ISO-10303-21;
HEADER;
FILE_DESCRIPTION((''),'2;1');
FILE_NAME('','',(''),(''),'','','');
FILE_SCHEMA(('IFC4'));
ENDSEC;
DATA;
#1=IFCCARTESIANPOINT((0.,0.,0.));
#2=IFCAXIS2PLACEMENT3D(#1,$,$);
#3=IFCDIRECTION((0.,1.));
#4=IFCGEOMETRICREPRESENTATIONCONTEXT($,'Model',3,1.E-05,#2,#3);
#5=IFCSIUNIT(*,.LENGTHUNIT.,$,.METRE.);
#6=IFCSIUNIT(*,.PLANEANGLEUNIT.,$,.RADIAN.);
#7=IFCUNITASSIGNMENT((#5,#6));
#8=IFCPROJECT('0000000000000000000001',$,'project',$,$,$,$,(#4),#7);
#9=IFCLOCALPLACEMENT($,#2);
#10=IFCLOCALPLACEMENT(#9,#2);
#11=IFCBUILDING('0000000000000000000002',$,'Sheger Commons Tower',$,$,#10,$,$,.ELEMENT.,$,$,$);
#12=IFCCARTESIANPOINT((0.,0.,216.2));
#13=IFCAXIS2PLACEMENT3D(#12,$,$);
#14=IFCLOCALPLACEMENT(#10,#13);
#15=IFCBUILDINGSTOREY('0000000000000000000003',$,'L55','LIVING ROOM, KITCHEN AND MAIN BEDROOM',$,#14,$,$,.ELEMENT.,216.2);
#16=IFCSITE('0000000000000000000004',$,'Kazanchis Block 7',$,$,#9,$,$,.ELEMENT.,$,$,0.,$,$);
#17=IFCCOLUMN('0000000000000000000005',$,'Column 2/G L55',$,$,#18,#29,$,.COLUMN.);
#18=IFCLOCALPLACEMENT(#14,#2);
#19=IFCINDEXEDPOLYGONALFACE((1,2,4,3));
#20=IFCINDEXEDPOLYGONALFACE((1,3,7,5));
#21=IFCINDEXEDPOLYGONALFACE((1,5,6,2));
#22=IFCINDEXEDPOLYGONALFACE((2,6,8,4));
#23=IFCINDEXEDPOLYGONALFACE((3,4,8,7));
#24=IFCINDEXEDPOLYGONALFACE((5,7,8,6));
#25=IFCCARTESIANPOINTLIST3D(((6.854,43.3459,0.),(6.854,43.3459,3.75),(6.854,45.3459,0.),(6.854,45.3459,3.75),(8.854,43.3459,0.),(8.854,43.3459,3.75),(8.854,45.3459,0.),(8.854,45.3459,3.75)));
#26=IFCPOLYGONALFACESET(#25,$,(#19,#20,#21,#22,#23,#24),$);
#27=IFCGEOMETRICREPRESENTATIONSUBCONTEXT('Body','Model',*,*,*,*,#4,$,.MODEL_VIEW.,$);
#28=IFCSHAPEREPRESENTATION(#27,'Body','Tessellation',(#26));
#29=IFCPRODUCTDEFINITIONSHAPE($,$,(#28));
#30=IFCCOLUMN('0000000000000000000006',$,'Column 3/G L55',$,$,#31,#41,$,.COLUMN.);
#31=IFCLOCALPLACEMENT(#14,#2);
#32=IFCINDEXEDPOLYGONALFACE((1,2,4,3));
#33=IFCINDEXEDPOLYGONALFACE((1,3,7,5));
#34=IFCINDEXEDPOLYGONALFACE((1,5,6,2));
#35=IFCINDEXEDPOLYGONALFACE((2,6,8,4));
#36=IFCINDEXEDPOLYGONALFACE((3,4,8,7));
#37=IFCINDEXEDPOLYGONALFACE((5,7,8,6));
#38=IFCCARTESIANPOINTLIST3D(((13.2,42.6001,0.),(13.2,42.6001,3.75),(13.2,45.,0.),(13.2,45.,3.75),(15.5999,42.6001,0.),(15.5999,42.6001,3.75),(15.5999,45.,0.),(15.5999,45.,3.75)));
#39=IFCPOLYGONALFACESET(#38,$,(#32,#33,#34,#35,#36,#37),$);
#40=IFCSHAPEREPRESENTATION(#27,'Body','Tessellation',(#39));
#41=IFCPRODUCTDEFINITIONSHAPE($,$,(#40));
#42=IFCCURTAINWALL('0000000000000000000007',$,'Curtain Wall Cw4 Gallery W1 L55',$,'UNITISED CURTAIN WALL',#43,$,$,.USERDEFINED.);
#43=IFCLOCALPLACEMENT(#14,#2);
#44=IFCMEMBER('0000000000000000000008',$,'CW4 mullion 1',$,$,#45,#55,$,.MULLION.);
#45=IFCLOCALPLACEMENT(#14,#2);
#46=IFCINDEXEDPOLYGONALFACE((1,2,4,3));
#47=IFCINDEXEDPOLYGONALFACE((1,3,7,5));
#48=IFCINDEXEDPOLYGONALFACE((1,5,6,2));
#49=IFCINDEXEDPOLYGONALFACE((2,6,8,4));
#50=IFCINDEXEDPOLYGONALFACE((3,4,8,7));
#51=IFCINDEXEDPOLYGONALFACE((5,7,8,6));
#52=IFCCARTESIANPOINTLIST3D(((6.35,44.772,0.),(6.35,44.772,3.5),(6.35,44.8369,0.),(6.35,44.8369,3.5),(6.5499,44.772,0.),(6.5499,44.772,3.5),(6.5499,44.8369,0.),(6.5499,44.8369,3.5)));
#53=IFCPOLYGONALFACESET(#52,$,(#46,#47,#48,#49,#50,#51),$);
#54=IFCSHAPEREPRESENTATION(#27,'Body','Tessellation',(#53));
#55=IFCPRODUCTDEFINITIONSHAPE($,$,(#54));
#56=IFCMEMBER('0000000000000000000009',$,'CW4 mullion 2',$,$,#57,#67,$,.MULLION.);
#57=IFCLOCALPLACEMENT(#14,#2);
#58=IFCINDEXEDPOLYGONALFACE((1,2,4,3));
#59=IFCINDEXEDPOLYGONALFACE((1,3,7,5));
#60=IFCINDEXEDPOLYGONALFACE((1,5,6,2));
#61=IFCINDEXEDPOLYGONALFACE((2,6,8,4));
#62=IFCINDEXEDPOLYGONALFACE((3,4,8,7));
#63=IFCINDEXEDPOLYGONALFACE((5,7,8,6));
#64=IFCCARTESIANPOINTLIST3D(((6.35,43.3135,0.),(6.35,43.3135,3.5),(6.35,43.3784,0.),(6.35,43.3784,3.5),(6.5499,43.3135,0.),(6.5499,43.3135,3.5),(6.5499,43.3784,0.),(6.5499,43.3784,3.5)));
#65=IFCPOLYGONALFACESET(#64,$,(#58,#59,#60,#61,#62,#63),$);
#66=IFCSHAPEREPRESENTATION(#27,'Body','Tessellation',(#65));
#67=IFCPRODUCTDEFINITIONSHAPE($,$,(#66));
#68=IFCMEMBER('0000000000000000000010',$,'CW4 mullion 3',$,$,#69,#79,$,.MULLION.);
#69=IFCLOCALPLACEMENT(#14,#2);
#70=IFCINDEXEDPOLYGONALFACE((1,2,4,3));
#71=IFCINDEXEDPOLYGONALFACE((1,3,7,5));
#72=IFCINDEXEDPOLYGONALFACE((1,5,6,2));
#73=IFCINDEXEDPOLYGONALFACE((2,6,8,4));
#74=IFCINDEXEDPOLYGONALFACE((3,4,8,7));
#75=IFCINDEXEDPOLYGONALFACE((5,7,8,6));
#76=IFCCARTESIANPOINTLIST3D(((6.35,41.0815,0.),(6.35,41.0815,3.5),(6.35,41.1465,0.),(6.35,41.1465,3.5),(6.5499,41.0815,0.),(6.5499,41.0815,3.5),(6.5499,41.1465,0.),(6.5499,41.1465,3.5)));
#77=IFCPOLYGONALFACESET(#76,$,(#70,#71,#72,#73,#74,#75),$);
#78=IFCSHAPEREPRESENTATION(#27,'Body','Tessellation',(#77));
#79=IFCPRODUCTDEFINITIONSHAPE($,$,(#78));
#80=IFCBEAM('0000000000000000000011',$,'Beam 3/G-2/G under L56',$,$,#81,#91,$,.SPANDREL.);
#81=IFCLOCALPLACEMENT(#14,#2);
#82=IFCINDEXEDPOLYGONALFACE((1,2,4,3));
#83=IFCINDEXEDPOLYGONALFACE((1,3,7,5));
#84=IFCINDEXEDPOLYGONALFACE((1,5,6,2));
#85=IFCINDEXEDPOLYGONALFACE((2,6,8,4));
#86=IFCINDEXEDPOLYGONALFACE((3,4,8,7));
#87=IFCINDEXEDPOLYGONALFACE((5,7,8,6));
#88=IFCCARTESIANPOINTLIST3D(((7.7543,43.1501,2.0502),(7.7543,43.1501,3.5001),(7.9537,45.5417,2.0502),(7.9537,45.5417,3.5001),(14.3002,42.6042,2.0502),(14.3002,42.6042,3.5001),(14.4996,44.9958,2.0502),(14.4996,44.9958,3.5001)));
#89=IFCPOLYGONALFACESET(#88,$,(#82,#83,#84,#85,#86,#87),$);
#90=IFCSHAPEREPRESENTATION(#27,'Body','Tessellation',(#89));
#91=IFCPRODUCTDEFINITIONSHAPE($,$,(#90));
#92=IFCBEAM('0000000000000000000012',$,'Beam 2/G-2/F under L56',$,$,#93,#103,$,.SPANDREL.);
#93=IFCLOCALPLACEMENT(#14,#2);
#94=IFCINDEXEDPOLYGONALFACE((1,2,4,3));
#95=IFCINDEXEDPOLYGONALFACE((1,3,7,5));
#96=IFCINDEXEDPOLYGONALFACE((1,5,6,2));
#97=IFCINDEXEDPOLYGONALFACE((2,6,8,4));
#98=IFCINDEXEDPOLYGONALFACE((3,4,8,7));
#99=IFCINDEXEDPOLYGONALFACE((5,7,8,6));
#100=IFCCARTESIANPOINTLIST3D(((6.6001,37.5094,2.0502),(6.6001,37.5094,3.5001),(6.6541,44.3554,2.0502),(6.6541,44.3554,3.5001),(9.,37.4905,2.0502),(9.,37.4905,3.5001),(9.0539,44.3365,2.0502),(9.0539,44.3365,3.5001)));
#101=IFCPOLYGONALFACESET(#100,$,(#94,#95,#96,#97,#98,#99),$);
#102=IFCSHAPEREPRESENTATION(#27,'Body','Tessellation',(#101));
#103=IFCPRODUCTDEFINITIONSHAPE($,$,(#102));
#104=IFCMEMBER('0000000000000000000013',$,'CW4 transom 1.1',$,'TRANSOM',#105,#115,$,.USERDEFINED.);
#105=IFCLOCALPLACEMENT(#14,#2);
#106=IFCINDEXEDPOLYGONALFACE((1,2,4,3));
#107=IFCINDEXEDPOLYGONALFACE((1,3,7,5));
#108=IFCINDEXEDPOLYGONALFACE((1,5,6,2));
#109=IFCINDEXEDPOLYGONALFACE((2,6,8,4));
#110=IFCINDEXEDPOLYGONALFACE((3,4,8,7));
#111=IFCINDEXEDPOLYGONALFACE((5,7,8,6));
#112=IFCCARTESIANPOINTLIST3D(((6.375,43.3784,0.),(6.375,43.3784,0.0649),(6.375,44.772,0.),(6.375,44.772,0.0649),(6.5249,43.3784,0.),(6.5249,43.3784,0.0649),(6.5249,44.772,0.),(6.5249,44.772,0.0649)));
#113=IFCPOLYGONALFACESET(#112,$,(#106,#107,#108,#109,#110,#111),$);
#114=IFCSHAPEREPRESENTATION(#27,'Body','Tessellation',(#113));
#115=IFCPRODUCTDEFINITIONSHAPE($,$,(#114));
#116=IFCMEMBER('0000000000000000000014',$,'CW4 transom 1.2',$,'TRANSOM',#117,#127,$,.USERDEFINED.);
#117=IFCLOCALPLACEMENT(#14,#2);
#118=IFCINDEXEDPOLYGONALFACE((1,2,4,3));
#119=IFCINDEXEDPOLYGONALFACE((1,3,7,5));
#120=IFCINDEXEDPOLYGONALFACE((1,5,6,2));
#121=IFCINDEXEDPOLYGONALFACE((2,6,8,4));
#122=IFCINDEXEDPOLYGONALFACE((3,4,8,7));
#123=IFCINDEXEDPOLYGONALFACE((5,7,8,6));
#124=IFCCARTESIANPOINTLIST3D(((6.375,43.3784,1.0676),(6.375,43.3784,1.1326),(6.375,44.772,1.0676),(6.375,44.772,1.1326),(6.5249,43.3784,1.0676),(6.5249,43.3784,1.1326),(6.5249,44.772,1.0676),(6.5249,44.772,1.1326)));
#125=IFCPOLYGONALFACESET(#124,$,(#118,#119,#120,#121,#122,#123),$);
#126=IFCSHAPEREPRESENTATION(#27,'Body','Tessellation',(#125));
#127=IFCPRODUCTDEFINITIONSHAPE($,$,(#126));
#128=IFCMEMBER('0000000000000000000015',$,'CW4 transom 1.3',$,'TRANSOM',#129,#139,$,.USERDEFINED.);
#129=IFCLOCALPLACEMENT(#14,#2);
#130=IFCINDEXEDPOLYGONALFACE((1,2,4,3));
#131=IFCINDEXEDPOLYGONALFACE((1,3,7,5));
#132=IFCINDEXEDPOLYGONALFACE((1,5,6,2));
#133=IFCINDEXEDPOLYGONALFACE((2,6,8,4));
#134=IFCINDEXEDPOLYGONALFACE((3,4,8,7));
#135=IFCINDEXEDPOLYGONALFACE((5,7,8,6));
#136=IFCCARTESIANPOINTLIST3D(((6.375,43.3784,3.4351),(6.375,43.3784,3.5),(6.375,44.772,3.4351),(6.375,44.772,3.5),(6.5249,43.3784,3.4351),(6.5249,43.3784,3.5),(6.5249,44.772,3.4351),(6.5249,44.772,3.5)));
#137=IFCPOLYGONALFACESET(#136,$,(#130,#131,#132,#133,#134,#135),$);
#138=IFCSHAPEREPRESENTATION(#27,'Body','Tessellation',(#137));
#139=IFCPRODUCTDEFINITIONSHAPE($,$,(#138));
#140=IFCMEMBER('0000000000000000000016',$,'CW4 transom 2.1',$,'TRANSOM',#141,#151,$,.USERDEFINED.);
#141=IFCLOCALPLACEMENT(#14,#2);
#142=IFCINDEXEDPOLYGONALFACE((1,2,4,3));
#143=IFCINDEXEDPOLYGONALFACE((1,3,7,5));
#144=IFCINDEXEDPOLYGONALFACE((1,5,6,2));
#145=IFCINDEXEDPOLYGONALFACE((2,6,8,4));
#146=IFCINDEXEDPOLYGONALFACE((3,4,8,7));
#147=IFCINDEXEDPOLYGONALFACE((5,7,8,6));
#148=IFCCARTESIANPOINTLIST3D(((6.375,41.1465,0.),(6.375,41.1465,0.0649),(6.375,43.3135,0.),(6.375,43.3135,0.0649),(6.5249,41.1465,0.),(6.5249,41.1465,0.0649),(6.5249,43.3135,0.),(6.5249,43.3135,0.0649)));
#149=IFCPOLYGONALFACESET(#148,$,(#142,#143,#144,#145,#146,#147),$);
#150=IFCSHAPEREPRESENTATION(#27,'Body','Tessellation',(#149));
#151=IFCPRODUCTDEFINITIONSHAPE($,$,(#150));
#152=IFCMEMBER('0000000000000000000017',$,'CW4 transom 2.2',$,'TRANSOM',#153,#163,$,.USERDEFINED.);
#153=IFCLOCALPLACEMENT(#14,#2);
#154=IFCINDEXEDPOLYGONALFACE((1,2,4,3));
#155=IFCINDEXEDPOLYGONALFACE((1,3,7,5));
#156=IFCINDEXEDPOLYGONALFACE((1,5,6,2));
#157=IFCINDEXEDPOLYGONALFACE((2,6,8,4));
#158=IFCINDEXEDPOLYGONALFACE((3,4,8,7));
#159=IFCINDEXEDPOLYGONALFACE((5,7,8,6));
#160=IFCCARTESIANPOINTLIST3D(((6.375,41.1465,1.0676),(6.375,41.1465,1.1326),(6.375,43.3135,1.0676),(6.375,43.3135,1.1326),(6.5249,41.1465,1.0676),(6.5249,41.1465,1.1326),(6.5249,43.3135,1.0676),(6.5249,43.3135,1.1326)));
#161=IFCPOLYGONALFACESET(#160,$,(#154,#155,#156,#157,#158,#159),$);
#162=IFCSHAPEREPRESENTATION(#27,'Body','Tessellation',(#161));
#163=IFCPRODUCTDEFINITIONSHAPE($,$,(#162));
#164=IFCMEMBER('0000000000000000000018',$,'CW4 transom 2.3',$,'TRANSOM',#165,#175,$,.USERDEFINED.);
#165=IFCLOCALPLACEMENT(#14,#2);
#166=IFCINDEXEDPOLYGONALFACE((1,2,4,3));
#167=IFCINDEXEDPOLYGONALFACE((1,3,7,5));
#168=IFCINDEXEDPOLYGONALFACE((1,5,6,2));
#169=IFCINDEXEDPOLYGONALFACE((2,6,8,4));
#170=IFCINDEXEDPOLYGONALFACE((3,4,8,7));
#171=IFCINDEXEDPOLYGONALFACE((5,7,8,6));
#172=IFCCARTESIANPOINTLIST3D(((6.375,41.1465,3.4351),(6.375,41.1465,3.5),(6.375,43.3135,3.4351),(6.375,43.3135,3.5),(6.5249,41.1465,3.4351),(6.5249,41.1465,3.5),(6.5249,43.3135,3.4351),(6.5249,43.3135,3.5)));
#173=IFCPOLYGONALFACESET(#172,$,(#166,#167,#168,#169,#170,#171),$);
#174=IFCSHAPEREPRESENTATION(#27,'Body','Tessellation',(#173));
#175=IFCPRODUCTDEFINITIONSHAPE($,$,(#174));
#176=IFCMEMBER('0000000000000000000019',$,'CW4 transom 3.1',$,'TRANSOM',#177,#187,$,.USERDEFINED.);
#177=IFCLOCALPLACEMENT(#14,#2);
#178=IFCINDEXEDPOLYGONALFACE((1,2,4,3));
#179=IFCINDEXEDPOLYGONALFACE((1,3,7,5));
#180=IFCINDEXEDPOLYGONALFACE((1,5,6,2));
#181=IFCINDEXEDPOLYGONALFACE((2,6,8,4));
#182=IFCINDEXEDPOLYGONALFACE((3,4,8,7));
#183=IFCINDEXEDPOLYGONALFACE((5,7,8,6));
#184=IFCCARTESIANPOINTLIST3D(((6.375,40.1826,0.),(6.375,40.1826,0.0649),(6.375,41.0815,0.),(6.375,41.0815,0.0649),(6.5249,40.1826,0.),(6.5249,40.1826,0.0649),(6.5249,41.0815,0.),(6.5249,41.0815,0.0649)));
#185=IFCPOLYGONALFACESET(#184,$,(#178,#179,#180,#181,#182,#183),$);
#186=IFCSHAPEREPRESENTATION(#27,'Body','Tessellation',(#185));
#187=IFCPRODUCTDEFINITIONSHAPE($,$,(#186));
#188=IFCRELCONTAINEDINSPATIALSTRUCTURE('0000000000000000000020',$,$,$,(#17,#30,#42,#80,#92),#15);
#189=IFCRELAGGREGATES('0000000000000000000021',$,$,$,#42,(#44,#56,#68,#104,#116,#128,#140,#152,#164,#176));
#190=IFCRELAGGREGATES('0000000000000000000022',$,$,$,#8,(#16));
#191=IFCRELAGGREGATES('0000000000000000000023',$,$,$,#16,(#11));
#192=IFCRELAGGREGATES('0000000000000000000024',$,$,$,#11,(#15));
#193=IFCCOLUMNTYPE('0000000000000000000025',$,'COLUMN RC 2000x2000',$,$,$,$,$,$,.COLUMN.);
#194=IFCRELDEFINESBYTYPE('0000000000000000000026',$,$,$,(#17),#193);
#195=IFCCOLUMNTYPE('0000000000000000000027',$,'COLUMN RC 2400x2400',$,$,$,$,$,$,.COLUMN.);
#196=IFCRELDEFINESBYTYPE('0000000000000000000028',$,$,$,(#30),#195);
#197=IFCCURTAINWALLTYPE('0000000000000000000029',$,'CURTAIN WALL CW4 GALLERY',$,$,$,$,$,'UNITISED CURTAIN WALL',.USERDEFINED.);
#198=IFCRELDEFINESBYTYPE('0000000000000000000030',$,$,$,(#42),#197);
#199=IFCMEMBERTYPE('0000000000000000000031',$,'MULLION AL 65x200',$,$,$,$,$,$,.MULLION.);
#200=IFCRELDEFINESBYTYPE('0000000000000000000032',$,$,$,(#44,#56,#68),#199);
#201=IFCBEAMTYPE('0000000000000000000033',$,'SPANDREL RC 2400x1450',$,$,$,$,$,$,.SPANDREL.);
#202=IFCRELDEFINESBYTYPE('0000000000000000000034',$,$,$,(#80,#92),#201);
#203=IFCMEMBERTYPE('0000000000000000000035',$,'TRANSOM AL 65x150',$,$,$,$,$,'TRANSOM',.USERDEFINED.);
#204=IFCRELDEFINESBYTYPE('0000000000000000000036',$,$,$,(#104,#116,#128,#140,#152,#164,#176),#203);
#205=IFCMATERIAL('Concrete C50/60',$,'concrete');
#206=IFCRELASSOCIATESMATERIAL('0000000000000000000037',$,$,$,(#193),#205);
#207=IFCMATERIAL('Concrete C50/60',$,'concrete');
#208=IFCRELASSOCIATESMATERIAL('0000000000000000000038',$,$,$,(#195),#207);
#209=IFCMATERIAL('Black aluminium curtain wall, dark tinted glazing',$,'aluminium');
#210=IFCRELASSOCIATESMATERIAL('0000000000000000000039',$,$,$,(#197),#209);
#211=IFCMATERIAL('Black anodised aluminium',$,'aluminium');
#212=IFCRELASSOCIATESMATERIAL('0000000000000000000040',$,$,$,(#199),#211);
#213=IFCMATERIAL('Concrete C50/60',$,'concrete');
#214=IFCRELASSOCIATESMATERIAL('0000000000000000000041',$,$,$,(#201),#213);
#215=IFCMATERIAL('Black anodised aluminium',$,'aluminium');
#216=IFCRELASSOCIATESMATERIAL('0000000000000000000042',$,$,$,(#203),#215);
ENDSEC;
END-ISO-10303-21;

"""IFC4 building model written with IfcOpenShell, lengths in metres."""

from ifc_helpers import new_model, si_unit, direction, frame, origin, origin_2d, place, context, subcontext, project, spatial, rectangle, extrude, material, material_profile, profile_set, type_object, element, aggregate, save


model = new_model("IFC4")

# Units and contexts
model_context = context("Model", 3, precision=1e-05, world=origin(), true_north=direction((0.0, 1.0)))
body_context = subcontext(model_context, "Body", "Model", "MODEL_VIEW")
ifc_project = project(units=[si_unit("LENGTHUNIT", "METRE"), si_unit("PLANEANGLEUNIT", "RADIAN")], contexts=[model_context])

# Site, building, storey
site_placement = place(None, origin())
site = spatial("IfcSite", under=ifc_project, at=site_placement, Name="Kazanchis Block 7", CompositionType="ELEMENT", RefElevation=0.0)
building_placement = place(site_placement, origin())
building = spatial("IfcBuilding", under=site, at=building_placement, Name="Sheger Commons Tower", CompositionType="ELEMENT")
storey_placement = place(building_placement, frame((0.0, 0.0, 216.2)))
storey = spatial("IfcBuildingStorey", under=building, at=storey_placement, Name="L55", Description="LIVING ROOM, KITCHEN AND MAIN BEDROOM", CompositionType="ELEMENT", Elevation=216.2)

# Columns
ifc_material_1 = material(Name="Concrete C50/60", Category="concrete")
ifc_material_profile_1 = material_profile(ifc_material_1, rectangle(XDim=2.0, YDim=2.0, at=origin_2d()), Name="RC 2000x2000")
ifc_profile_set_1 = profile_set([ifc_material_profile_1], Name="Concrete C50/60")
column_type_1 = type_object("IfcColumnType", Name="COLUMN RC 2000x2000", PredefinedType="COLUMN", material=ifc_profile_set_1)
column_1_placement = place(storey_placement, frame((7.854, 44.3459, 0.0), z_axis=(0.0, 0.0, 1.0), x_axis=(1.0, 0.0, 0.0)))
element("IfcColumn", 1, at=column_1_placement, inside=storey, type_object=column_type_1, Name="Column 2/G L55", PredefinedType="COLUMN", context=body_context, shape_type="SweptSolid", body=[
    extrude(rectangle(XDim=2.0, YDim=2.0, at=origin_2d()), origin(), (0.0, 0.0, 1.0), 3.75),
])
ifc_material_2 = material(Name="Concrete C50/60", Category="concrete")
ifc_material_profile_2 = material_profile(ifc_material_2, rectangle(XDim=2.3999, YDim=2.3999, at=origin_2d()), Name="RC 2400x2400")
ifc_profile_set_2 = profile_set([ifc_material_profile_2], Name="Concrete C50/60")
column_type_2 = type_object("IfcColumnType", Name="COLUMN RC 2400x2400", PredefinedType="COLUMN", material=ifc_profile_set_2)
column_2_placement = place(storey_placement, frame((14.3999, 43.8, 0.0), z_axis=(0.0, 0.0, 1.0), x_axis=(1.0, 0.0, 0.0)))
element("IfcColumn", 2, at=column_2_placement, inside=storey, type_object=column_type_2, Name="Column 3/G L55", PredefinedType="COLUMN", context=body_context, shape_type="SweptSolid", body=[
    extrude(rectangle(XDim=2.3999, YDim=2.3999, at=origin_2d()), origin(), (0.0, 0.0, 1.0), 3.75),
])

# Curtain wall, members
ifc_material_3 = material(Name="Black aluminium curtain wall, dark tinted glazing", Category="aluminium")
curtain_wall_type = type_object("IfcCurtainWallType", Name="CURTAIN WALL CW4 GALLERY", ElementType="UNITISED CURTAIN WALL", PredefinedType="USERDEFINED", material=ifc_material_3)
curtain_wall_placement = place(storey_placement, origin())
curtain_wall = element("IfcCurtainWall", 3, at=curtain_wall_placement, inside=storey, type_object=curtain_wall_type, Name="Curtain Wall Cw4 Gallery W1 L55", ObjectType="UNITISED CURTAIN WALL", PredefinedType="USERDEFINED")
ifc_material_4 = material(Name="Black anodised aluminium", Category="aluminium")
ifc_material_profile_3 = material_profile(ifc_material_4, rectangle(XDim=0.2, YDim=0.0649, at=origin_2d()), Name="AL 65x200")
ifc_profile_set_3 = profile_set([ifc_material_profile_3], Name="Black anodised aluminium")
member_type_1 = type_object("IfcMemberType", Name="MULLION AL 65x200", PredefinedType="MULLION", material=ifc_profile_set_3)
member_1_placement = place(storey_placement, frame((6.45, 44.8044, 0.0), z_axis=(0.0, 0.0, 1.0), x_axis=(1.0, 0.0, 0.0)))
member_1 = element("IfcMember", 4, at=member_1_placement, type_object=member_type_1, Name="CW4 mullion 1", PredefinedType="MULLION", context=body_context, shape_type="SweptSolid", body=[
    extrude(rectangle(XDim=0.2, YDim=0.0649, at=origin_2d()), origin(), (0.0, 0.0, 1.0), 3.5),
])
member_2_placement = place(storey_placement, frame((6.45, 43.3459, 0.0), z_axis=(0.0, 0.0, 1.0), x_axis=(1.0, 0.0, 0.0)))
member_2 = element("IfcMember", 5, at=member_2_placement, type_object=member_type_1, Name="CW4 mullion 2", PredefinedType="MULLION", context=body_context, shape_type="SweptSolid", body=[
    extrude(rectangle(XDim=0.2, YDim=0.0649, at=origin_2d()), origin(), (0.0, 0.0, 1.0), 3.5),
])
member_3_placement = place(storey_placement, frame((6.45, 41.114, 0.0), z_axis=(0.0, 0.0, 1.0), x_axis=(1.0, 0.0, 0.0)))
member_3 = element("IfcMember", 6, at=member_3_placement, type_object=member_type_1, Name="CW4 mullion 3", PredefinedType="MULLION", context=body_context, shape_type="SweptSolid", body=[
    extrude(rectangle(XDim=0.2, YDim=0.0649, at=origin_2d()), origin(), (0.0, 0.0, 1.0), 3.5),
])

# Beams
ifc_material_5 = material(Name="Concrete C50/60", Category="concrete")
ifc_material_profile_4 = material_profile(ifc_material_5, rectangle(XDim=2.3999, YDim=1.45, at=origin_2d()), Name="RC 2400x1450")
ifc_profile_set_4 = profile_set([ifc_material_profile_4], Name="Concrete C50/60")
beam_type = type_object("IfcBeamType", Name="SPANDREL RC 2400x1450", PredefinedType="SPANDREL", material=ifc_profile_set_4)
beam_1_placement = place(storey_placement, frame((14.3999, 43.8, 2.7751), z_axis=(-0.996541, 0.083107, 0.0), x_axis=(-0.083107, -0.996541, 0.0)))
element("IfcBeam", 7, at=beam_1_placement, inside=storey, type_object=beam_type, Name="Beam 3/G-2/G under L56", PredefinedType="SPANDREL", context=body_context, shape_type="SweptSolid", body=[
    extrude(rectangle(XDim=2.3999, YDim=1.45, at=origin_2d()), origin(), (0.0, 0.0, 1.0), 6.5686),
])
beam_2_placement = place(storey_placement, frame((7.854, 44.3459, 2.7751), z_axis=(-0.007881, -0.999969, 0.0), x_axis=(0.999969, -0.007881, 0.0)))
element("IfcBeam", 8, at=beam_2_placement, inside=storey, type_object=beam_type, Name="Beam 2/G-2/F under L56", PredefinedType="SPANDREL", context=body_context, shape_type="SweptSolid", body=[
    extrude(rectangle(XDim=2.3999, YDim=1.45, at=origin_2d()), origin(), (0.0, 0.0, 1.0), 6.8462),
])

# Members
ifc_material_6 = material(Name="Black anodised aluminium", Category="aluminium")
ifc_material_profile_5 = material_profile(ifc_material_6, rectangle(XDim=0.1499, YDim=0.0649, at=origin_2d()), Name="AL 65x150")
ifc_profile_set_5 = profile_set([ifc_material_profile_5], Name="Black anodised aluminium")
member_type_2 = type_object("IfcMemberType", Name="TRANSOM AL 65x150", ElementType="TRANSOM", PredefinedType="USERDEFINED", material=ifc_profile_set_5)
member_4_placement = place(storey_placement, frame((6.45, 44.772, 0.0325), z_axis=(0.0, -1.0, 0.0), x_axis=(1.0, 0.0, 0.0)))
member_4 = element("IfcMember", 9, at=member_4_placement, type_object=member_type_2, Name="CW4 transom 1.1", ObjectType="TRANSOM", PredefinedType="USERDEFINED", context=body_context, shape_type="SweptSolid", body=[
    extrude(rectangle(XDim=0.1499, YDim=0.0649, at=origin_2d()), origin(), (0.0, 0.0, 1.0), 1.3936),
])
member_5_placement = place(storey_placement, frame((6.45, 44.772, 1.1001), z_axis=(0.0, -1.0, 0.0), x_axis=(1.0, 0.0, 0.0)))
member_5 = element("IfcMember", 10, at=member_5_placement, type_object=member_type_2, Name="CW4 transom 1.2", ObjectType="TRANSOM", PredefinedType="USERDEFINED", context=body_context, shape_type="SweptSolid", body=[
    extrude(rectangle(XDim=0.1499, YDim=0.0649, at=origin_2d()), origin(), (0.0, 0.0, 1.0), 1.3936),
])
member_6_placement = place(storey_placement, frame((6.45, 44.772, 3.4675), z_axis=(0.0, -1.0, 0.0), x_axis=(1.0, 0.0, 0.0)))
member_6 = element("IfcMember", 11, at=member_6_placement, type_object=member_type_2, Name="CW4 transom 1.3", ObjectType="TRANSOM", PredefinedType="USERDEFINED", context=body_context, shape_type="SweptSolid", body=[
    extrude(rectangle(XDim=0.1499, YDim=0.0649, at=origin_2d()), origin(), (0.0, 0.0, 1.0), 1.3936),
])
member_7_placement = place(storey_placement, frame((6.45, 43.3135, 0.0325), z_axis=(0.0, -1.0, 0.0), x_axis=(1.0, 0.0, 0.0)))
member_7 = element("IfcMember", 12, at=member_7_placement, type_object=member_type_2, Name="CW4 transom 2.1", ObjectType="TRANSOM", PredefinedType="USERDEFINED", context=body_context, shape_type="SweptSolid", body=[
    extrude(rectangle(XDim=0.1499, YDim=0.0649, at=origin_2d()), origin(), (0.0, 0.0, 1.0), 2.167),
])
member_8_placement = place(storey_placement, frame((6.45, 43.3135, 1.1001), z_axis=(0.0, -1.0, 0.0), x_axis=(1.0, 0.0, 0.0)))
member_8 = element("IfcMember", 13, at=member_8_placement, type_object=member_type_2, Name="CW4 transom 2.2", ObjectType="TRANSOM", PredefinedType="USERDEFINED", context=body_context, shape_type="SweptSolid", body=[
    extrude(rectangle(XDim=0.1499, YDim=0.0649, at=origin_2d()), origin(), (0.0, 0.0, 1.0), 2.167),
])
member_9_placement = place(storey_placement, frame((6.45, 43.3135, 3.4675), z_axis=(0.0, -1.0, 0.0), x_axis=(1.0, 0.0, 0.0)))
member_9 = element("IfcMember", 14, at=member_9_placement, type_object=member_type_2, Name="CW4 transom 2.3", ObjectType="TRANSOM", PredefinedType="USERDEFINED", context=body_context, shape_type="SweptSolid", body=[
    extrude(rectangle(XDim=0.1499, YDim=0.0649, at=origin_2d()), origin(), (0.0, 0.0, 1.0), 2.167),
])
member_10_placement = place(storey_placement, frame((6.45, 41.0815, 0.0325), z_axis=(0.0, -1.0, 0.0), x_axis=(1.0, 0.0, 0.0)))
member_10 = element("IfcMember", 15, at=member_10_placement, type_object=member_type_2, Name="CW4 transom 3.1", ObjectType="TRANSOM", PredefinedType="USERDEFINED", context=body_context, shape_type="SweptSolid", body=[
    extrude(rectangle(XDim=0.1499, YDim=0.0649, at=origin_2d()), origin(), (0.0, 0.0, 1.0), 0.8989),
])

aggregate(curtain_wall, [member_1, member_2, member_3, member_4, member_5, member_6, member_7, member_8, member_9, member_10])

save(model, "model.ifc")
